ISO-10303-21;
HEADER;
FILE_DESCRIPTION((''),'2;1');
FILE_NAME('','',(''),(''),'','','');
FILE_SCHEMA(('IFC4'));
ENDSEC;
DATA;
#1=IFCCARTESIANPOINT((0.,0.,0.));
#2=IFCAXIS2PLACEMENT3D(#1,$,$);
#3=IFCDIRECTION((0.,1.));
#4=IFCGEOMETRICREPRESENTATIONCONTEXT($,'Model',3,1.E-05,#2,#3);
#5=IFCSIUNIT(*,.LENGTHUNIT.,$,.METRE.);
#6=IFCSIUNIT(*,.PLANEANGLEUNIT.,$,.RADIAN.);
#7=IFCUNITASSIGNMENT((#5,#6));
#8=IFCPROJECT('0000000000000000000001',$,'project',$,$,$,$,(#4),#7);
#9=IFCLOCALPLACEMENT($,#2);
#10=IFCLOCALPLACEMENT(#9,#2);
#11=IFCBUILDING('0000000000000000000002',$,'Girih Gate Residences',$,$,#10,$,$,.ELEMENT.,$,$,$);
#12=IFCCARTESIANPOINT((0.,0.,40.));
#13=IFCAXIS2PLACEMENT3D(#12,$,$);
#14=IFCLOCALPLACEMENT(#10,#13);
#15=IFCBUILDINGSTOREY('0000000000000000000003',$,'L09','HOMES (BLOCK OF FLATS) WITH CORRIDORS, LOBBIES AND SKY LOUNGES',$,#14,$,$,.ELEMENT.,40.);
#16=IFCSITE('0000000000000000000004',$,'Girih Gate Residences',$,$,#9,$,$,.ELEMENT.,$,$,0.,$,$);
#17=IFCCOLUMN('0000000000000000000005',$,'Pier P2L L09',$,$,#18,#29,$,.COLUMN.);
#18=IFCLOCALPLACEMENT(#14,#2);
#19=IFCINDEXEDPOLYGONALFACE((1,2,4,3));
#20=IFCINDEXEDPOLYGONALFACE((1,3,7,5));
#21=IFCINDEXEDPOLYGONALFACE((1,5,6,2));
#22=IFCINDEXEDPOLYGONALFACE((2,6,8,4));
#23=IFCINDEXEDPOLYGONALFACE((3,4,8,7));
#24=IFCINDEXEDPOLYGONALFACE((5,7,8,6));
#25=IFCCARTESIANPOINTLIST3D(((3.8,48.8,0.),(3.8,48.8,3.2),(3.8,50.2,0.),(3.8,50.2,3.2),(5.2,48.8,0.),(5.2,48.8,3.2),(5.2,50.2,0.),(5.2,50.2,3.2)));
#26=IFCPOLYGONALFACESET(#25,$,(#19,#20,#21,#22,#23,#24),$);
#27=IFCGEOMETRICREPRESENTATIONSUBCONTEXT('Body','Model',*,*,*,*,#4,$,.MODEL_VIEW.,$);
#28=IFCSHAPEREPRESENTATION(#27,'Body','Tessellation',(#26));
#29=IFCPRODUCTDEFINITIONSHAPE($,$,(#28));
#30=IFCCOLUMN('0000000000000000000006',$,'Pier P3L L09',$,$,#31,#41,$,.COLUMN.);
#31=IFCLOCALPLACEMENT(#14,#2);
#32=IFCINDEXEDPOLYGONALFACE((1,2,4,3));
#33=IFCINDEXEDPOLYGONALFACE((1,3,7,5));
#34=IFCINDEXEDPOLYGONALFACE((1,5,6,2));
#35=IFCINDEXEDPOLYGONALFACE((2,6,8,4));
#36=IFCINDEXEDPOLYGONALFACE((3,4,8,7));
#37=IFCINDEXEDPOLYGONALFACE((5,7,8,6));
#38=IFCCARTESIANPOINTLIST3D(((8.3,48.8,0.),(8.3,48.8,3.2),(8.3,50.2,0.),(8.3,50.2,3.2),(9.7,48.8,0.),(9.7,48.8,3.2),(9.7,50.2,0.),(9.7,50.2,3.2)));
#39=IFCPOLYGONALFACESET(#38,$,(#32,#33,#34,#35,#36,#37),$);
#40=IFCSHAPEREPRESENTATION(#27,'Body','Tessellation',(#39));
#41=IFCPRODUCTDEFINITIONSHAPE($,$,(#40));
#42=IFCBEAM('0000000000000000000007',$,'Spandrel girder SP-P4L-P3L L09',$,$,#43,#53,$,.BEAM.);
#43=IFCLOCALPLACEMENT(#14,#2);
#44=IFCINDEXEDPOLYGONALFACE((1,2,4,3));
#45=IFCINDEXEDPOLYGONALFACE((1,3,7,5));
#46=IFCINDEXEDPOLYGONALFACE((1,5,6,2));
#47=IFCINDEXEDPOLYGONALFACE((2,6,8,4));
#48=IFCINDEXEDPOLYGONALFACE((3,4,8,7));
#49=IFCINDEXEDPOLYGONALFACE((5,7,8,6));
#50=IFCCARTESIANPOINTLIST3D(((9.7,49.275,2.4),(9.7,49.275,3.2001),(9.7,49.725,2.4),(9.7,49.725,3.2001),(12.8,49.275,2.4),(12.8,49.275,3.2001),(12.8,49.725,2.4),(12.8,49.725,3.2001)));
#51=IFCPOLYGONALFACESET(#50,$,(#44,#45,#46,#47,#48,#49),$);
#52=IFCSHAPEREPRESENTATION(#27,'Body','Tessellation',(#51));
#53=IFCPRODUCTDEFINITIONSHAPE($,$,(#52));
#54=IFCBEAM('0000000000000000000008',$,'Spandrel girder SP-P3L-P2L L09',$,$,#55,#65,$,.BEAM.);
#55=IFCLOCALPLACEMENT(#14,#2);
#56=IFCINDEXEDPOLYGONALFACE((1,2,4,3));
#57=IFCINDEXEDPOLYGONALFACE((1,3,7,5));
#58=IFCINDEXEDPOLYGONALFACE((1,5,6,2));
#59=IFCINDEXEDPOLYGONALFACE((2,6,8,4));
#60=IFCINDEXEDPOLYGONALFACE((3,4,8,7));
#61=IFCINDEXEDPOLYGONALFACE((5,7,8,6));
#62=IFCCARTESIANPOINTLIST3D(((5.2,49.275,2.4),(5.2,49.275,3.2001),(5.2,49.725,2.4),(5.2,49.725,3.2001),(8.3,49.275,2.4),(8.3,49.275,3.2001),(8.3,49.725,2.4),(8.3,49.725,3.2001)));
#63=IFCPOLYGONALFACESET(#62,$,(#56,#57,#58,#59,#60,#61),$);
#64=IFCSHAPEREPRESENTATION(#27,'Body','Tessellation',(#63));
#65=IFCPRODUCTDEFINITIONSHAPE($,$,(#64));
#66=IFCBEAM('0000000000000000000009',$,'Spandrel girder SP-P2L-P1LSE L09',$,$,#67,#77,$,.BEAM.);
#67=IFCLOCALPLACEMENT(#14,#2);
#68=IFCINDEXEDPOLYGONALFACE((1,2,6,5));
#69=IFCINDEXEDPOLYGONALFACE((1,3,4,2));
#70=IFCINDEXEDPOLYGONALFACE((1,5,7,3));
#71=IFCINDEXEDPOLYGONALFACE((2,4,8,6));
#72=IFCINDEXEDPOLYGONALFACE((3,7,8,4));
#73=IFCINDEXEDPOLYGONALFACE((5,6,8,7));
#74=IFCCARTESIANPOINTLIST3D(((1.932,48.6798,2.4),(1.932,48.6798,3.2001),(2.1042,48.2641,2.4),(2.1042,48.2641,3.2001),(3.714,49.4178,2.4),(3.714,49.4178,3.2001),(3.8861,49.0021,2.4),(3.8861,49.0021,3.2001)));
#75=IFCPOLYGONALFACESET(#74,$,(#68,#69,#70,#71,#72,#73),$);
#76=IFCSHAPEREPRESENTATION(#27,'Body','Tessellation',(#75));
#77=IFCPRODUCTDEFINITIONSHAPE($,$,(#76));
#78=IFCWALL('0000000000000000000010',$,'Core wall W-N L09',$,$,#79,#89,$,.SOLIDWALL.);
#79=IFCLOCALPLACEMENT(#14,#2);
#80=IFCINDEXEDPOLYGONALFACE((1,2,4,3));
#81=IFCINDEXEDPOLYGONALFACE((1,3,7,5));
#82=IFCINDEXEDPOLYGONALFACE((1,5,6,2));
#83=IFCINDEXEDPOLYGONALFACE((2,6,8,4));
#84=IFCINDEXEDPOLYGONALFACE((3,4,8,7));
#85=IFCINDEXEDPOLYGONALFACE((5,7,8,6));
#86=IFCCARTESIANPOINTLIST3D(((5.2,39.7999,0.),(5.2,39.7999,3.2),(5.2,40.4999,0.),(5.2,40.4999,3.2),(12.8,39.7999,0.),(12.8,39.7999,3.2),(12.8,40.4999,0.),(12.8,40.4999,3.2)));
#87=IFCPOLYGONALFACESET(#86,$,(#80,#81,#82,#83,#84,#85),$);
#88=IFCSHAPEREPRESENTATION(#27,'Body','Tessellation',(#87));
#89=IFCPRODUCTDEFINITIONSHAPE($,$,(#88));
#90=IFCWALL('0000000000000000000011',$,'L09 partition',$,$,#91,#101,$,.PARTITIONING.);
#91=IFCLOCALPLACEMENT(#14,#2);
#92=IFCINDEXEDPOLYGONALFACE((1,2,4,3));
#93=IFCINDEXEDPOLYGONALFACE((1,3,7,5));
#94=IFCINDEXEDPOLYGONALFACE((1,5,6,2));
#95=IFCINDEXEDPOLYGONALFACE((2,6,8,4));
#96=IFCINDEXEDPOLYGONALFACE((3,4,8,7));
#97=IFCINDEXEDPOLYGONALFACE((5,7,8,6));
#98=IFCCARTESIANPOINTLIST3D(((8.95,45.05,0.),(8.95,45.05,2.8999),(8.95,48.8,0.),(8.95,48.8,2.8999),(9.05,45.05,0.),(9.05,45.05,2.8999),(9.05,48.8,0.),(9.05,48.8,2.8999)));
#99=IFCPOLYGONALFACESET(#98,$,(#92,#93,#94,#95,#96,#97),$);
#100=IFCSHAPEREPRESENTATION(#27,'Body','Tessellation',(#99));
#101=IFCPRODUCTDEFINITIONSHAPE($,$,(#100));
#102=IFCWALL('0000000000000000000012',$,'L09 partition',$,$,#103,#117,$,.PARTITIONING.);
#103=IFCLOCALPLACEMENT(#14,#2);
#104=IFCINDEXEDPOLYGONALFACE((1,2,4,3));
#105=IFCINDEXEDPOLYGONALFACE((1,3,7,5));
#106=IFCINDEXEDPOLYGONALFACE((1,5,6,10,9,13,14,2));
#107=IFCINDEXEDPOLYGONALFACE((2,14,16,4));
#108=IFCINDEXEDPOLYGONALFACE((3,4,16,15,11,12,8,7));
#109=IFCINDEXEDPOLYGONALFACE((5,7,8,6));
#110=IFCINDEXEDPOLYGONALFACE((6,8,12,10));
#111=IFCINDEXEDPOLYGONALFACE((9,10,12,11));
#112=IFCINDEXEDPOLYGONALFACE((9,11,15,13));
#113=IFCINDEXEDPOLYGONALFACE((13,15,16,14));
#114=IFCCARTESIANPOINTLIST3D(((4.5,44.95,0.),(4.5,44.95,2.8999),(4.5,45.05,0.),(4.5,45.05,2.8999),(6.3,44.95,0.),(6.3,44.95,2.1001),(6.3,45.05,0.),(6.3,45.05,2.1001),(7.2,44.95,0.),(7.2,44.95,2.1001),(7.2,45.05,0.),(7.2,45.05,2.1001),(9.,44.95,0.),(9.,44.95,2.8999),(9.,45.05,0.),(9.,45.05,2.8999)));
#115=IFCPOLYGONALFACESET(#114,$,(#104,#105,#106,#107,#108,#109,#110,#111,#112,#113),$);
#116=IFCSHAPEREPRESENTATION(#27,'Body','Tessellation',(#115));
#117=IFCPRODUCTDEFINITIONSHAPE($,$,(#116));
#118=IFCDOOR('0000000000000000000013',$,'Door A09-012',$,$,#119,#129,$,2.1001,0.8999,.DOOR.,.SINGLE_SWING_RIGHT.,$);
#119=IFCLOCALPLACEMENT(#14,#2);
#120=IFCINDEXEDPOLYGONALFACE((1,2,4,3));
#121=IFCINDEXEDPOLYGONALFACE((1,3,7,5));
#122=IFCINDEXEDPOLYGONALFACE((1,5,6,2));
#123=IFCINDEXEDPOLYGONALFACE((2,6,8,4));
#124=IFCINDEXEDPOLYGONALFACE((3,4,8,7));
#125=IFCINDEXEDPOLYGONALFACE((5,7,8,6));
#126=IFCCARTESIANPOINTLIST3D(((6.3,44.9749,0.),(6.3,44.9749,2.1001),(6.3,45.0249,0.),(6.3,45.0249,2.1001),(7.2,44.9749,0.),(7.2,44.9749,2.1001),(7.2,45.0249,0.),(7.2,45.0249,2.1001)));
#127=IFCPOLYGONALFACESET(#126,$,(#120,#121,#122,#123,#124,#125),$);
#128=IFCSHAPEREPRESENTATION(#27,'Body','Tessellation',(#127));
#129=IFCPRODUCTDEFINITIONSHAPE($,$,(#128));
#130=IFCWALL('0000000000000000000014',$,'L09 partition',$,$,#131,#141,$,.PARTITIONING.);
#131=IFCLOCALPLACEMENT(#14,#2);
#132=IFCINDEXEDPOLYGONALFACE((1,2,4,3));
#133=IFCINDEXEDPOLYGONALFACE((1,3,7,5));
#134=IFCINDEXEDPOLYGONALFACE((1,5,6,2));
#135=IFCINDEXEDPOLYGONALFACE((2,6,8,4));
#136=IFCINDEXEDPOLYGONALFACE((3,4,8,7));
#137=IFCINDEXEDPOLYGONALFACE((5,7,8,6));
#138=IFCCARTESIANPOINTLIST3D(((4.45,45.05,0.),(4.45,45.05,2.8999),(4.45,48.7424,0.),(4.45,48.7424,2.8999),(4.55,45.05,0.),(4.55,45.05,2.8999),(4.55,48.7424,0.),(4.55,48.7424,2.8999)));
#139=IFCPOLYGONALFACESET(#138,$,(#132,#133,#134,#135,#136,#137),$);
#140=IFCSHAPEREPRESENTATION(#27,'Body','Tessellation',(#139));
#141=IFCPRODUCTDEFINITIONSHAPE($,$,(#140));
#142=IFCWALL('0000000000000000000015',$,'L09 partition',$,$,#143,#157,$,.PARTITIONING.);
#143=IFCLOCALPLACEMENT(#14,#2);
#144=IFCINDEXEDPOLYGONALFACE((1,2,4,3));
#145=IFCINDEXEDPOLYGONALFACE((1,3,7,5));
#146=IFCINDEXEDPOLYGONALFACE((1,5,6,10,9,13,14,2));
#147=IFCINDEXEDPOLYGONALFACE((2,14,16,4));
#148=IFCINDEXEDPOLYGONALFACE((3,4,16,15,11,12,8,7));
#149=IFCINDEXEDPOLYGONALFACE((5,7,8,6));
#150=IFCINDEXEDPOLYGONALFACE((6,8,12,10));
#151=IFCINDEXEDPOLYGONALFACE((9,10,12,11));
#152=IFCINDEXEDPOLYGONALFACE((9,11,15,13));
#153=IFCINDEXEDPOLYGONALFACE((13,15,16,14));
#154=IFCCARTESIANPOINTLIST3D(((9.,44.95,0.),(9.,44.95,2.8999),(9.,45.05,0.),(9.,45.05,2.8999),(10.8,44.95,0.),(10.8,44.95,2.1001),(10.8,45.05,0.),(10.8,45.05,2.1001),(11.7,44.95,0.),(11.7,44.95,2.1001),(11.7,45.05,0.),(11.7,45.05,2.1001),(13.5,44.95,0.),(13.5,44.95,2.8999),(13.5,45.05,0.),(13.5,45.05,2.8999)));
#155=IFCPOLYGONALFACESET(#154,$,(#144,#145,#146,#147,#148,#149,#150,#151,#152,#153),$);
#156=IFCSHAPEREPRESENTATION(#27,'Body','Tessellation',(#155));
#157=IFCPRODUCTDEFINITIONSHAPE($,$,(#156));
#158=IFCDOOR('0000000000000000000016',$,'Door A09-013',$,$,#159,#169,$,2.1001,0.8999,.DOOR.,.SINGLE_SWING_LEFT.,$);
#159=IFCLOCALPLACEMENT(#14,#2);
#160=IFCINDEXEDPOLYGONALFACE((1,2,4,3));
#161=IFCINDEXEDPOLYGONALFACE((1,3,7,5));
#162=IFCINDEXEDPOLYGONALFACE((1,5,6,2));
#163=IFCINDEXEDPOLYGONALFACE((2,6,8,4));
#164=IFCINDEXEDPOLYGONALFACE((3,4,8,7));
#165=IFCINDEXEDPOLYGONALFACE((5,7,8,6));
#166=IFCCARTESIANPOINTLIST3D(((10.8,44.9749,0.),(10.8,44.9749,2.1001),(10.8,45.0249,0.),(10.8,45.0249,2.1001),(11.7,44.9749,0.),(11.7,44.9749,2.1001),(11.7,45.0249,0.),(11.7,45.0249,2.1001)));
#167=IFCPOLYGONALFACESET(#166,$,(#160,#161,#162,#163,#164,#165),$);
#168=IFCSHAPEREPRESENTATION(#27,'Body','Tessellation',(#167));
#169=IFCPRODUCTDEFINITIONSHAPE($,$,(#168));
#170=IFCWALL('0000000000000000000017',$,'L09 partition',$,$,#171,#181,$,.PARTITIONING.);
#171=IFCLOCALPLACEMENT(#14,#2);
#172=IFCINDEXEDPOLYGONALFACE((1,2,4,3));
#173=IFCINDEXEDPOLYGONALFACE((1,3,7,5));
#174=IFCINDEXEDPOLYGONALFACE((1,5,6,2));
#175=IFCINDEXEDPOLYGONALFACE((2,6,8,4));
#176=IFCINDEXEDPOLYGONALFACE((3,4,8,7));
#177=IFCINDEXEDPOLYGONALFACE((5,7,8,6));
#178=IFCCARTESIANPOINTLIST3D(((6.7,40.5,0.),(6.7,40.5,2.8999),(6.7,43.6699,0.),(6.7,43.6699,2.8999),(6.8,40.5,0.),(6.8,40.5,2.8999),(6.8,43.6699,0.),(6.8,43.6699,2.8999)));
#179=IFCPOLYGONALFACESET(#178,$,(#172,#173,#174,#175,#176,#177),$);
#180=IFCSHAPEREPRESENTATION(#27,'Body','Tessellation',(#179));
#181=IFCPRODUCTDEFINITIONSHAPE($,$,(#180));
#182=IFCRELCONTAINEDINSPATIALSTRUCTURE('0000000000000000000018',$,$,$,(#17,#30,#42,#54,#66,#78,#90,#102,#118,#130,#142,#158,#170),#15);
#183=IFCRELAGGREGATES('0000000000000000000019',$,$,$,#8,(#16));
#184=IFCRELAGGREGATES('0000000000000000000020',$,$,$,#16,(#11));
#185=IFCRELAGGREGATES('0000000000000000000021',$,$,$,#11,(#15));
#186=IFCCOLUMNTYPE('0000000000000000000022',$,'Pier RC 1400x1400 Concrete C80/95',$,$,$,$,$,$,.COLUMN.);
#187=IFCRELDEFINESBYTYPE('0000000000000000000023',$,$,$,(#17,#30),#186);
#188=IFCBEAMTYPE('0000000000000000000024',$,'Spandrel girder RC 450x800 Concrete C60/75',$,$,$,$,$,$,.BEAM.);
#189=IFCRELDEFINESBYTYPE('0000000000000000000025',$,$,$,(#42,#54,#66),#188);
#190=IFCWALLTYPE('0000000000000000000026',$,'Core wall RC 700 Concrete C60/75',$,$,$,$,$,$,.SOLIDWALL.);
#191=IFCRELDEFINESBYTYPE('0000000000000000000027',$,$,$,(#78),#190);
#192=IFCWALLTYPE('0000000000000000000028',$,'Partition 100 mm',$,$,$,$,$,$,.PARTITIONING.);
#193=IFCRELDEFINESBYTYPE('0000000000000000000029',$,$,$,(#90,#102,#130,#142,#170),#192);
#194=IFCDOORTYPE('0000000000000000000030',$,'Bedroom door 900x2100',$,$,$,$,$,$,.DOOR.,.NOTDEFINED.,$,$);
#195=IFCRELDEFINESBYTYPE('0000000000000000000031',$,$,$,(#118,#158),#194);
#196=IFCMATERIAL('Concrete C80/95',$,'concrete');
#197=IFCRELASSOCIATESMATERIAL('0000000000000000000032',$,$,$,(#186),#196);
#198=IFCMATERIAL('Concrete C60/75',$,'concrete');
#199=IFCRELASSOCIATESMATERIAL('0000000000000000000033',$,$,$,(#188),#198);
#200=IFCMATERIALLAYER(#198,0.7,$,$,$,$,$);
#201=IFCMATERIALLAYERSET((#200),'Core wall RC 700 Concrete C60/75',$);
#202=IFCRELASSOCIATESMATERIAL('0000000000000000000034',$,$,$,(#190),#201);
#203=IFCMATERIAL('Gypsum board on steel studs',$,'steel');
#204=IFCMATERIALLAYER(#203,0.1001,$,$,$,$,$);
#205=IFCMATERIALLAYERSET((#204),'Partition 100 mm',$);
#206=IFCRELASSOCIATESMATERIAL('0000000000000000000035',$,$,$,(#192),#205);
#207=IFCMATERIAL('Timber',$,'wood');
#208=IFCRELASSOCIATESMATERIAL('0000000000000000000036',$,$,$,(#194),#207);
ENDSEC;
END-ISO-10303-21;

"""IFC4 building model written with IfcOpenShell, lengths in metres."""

from ifc_helpers import new_model, si_unit, direction, frame, frame_2d, origin, origin_2d, place, context, subcontext, project, spatial, rectangle, extrude, material, layer, layer_set, material_profile, profile_set, type_object, element, fill, save


model = new_model("IFC4")

# Units and contexts
model_context = context("Model", 3, precision=1e-05, world=origin(), true_north=direction((0.0, 1.0)))
body_context = subcontext(model_context, "Body", "Model", "MODEL_VIEW")
ifc_project = project(units=[si_unit("LENGTHUNIT", "METRE"), si_unit("PLANEANGLEUNIT", "RADIAN")], contexts=[model_context])

# Site, building, storey
site_placement = place(None, origin())
site = spatial("IfcSite", under=ifc_project, at=site_placement, Name="Girih Gate Residences", CompositionType="ELEMENT", RefElevation=0.0)
building_placement = place(site_placement, origin())
building = spatial("IfcBuilding", under=site, at=building_placement, Name="Girih Gate Residences", CompositionType="ELEMENT")
storey_placement = place(building_placement, frame((0.0, 0.0, 40.0)))
storey = spatial("IfcBuildingStorey", under=building, at=storey_placement, Name="L09", Description="HOMES (BLOCK OF FLATS) WITH CORRIDORS, LOBBIES AND SKY LOUNGES", CompositionType="ELEMENT", Elevation=40.0)

# Columns
ifc_material_1 = material(Name="Concrete C80/95", Category="concrete")
ifc_material_profile_1 = material_profile(ifc_material_1, rectangle(XDim=1.3999, YDim=1.3999, at=origin_2d()))
ifc_profile_set_1 = profile_set([ifc_material_profile_1], Name="Concrete C80/95")
column_type = type_object("IfcColumnType", Name="Pier RC 1400x1400 Concrete C80/95", PredefinedType="COLUMN", material=ifc_profile_set_1)
for number, where, z_axis, x_axis, name in (
    (1, (4.5, 49.5, 0.0), (0.0, 0.0, 1.0), (1.0, 0.0, 0.0), "Pier P2L L09"),
    (2, (9.0, 49.5, 0.0), (0.0, 0.0, 1.0), (1.0, 0.0, 0.0), "Pier P3L L09"),
):
    element("IfcColumn", number, at=place(storey_placement, frame(where, z_axis=z_axis, x_axis=x_axis)), inside=storey, type_object=column_type, Name=name, PredefinedType="COLUMN", context=body_context, shape_type="SweptSolid", body=[
        extrude(rectangle(XDim=1.3999, YDim=1.3999, at=origin_2d()), origin(), (0.0, 0.0, 1.0), 3.2),
    ])

# Beams
ifc_material_2 = material(Name="Concrete C60/75", Category="concrete")
ifc_material_profile_2 = material_profile(ifc_material_2, rectangle(XDim=0.45, YDim=0.8, at=origin_2d()))
ifc_profile_set_2 = profile_set([ifc_material_profile_2], Name="Concrete C60/75")
beam_type = type_object("IfcBeamType", Name="Spandrel girder RC 450x800 Concrete C60/75", PredefinedType="BEAM", material=ifc_profile_set_2)
for number, where, z_axis, x_axis, name in (
    (3, (12.8, 49.5, 2.8), (-1.0, 0.0, 0.0), (0.0, -1.0, 0.0), "Spandrel girder SP-P4L-P3L L09"),
    (4, (8.3, 49.5, 2.8), (-1.0, 0.0, 0.0), (0.0, -1.0, 0.0), "Spandrel girder SP-P3L-P2L L09"),
):
    element("IfcBeam", number, at=place(storey_placement, frame(where, z_axis=z_axis, x_axis=x_axis)), inside=storey, type_object=beam_type, Name=name, PredefinedType="BEAM", context=body_context, shape_type="SweptSolid", body=[
        extrude(rectangle(XDim=0.45, YDim=0.8, at=origin_2d()), origin(), (0.0, 0.0, 1.0), 3.1001),
    ])
beam_placement = place(storey_placement, frame((3.8, 49.21, 2.8), z_axis=(-0.923895, -0.382646, 0.0), x_axis=(0.382646, -0.923895, 0.0)))
element("IfcBeam", 5, at=beam_placement, inside=storey, type_object=beam_type, Name="Spandrel girder SP-P2L-P1LSE L09", PredefinedType="BEAM", context=body_context, shape_type="SweptSolid", body=[
    extrude(rectangle(XDim=0.45, YDim=0.8, at=origin_2d()), origin(), (0.0, 0.0, 1.0), 1.9287),
])

# Walls
ifc_layer_1 = layer(ifc_material_2, 0.7)
ifc_layer_set_1 = layer_set([ifc_layer_1], Name="Core wall RC 700 Concrete C60/75")
wall_type_1 = type_object("IfcWallType", Name="Core wall RC 700 Concrete C60/75", PredefinedType="SOLIDWALL", material=ifc_layer_set_1)
wall_1_placement = place(storey_placement, frame((5.2, 40.1499, 0.0), z_axis=(0.0, 0.0, 1.0), x_axis=(1.0, 0.0, 0.0)))
element("IfcWall", 6, at=wall_1_placement, inside=storey, type_object=wall_type_1, Name="Core wall W-N L09", PredefinedType="SOLIDWALL", context=body_context, shape_type="SweptSolid", body=[
    extrude(rectangle(XDim=7.6001, YDim=0.7, at=frame_2d((3.8, 0.0))), origin(), (0.0, 0.0, 1.0), 3.2),
])
ifc_material_3 = material(Name="Gypsum board on steel studs", Category="steel")
ifc_layer_2 = layer(ifc_material_3, 0.1001)
ifc_layer_set_2 = layer_set([ifc_layer_2], Name="Partition 100 mm")
wall_type_2 = type_object("IfcWallType", Name="Partition 100 mm", PredefinedType="PARTITIONING", material=ifc_layer_set_2)
wall_2_placement = place(storey_placement, frame((9.0, 45.05, 0.0), z_axis=(0.0, 0.0, 1.0), x_axis=(0.0, 1.0, 0.0)))
element("IfcWall", 7, at=wall_2_placement, inside=storey, type_object=wall_type_2, Name="L09 partition", PredefinedType="PARTITIONING", context=body_context, shape_type="SweptSolid", body=[
    extrude(rectangle(XDim=3.75, YDim=0.1001, at=frame_2d((1.875, 0.0))), origin(), (0.0, 0.0, 1.0), 2.8999),
])

# Wall, opening, door
wall_3_placement = place(storey_placement, frame((4.5, 45.0, 0.0), z_axis=(0.0, 0.0, 1.0), x_axis=(1.0, 0.0, 0.0)))
wall_3 = element("IfcWall", 8, at=wall_3_placement, inside=storey, type_object=wall_type_2, Name="L09 partition", PredefinedType="PARTITIONING", context=body_context, shape_type="SweptSolid", body=[
    extrude(rectangle(XDim=4.5, YDim=0.1001, at=frame_2d((2.25, 0.0))), origin(), (0.0, 0.0, 1.0), 2.8999),
])
opening_1_placement = place(wall_3_placement, frame((1.8, 0.0, 0.0)))
opening_1 = element("IfcOpeningElement", 9, at=opening_1_placement, cuts=wall_3, PredefinedType="OPENING", context=body_context, shape_type="SweptSolid", body=[
    extrude(rectangle(XDim=0.8999, YDim=2.1001, at=frame_2d((0.45, 1.05))), frame((0.0, 0.0601, 0.0), z_axis=(0.0, -1.0, 0.0), x_axis=(1.0, 0.0, 0.0)), (0.0, 0.0, 1.0), 0.1201),
])
ifc_material_4 = material(Name="Timber", Category="wood")
door_type = type_object("IfcDoorType", Name="Bedroom door 900x2100", OperationType="NOTDEFINED", PredefinedType="DOOR", material=ifc_material_4)
door_1_placement = place(opening_1_placement, origin())
door_1 = element("IfcDoor", 10, at=door_1_placement, inside=storey, type_object=door_type, Name="Door A09-012", OperationType="SINGLE_SWING_RIGHT", OverallHeight=2.1001, OverallWidth=0.8999, PredefinedType="DOOR", context=body_context, shape_type="SweptSolid", body=[
    extrude(rectangle(XDim=0.8999, YDim=2.1001, at=frame_2d((0.45, 1.05))), frame((0.0, 0.0249, 0.0), z_axis=(0.0, -1.0, 0.0), x_axis=(1.0, 0.0, 0.0)), (0.0, 0.0, 1.0), 0.05),
])
fill(opening_1, door_1)

# Wall
wall_4_placement = place(storey_placement, frame((4.5, 45.05, 0.0), z_axis=(0.0, 0.0, 1.0), x_axis=(0.0, 1.0, 0.0)))
element("IfcWall", 11, at=wall_4_placement, inside=storey, type_object=wall_type_2, Name="L09 partition", PredefinedType="PARTITIONING", context=body_context, shape_type="SweptSolid", body=[
    extrude(rectangle(XDim=3.6924, YDim=0.1001, at=frame_2d((1.8462, 0.0))), origin(), (0.0, 0.0, 1.0), 2.8999),
])

# Wall, opening, door
wall_5_placement = place(storey_placement, frame((9.0, 45.0, 0.0), z_axis=(0.0, 0.0, 1.0), x_axis=(1.0, 0.0, 0.0)))
wall_5 = element("IfcWall", 12, at=wall_5_placement, inside=storey, type_object=wall_type_2, Name="L09 partition", PredefinedType="PARTITIONING", context=body_context, shape_type="SweptSolid", body=[
    extrude(rectangle(XDim=4.5, YDim=0.1001, at=frame_2d((2.25, 0.0))), origin(), (0.0, 0.0, 1.0), 2.8999),
])
opening_2_placement = place(wall_5_placement, frame((1.8, 0.0, 0.0)))
opening_2 = element("IfcOpeningElement", 13, at=opening_2_placement, cuts=wall_5, PredefinedType="OPENING", context=body_context, shape_type="SweptSolid", body=[
    extrude(rectangle(XDim=0.8999, YDim=2.1001, at=frame_2d((0.45, 1.05))), frame((0.0, 0.0601, 0.0), z_axis=(0.0, -1.0, 0.0), x_axis=(1.0, 0.0, 0.0)), (0.0, 0.0, 1.0), 0.1201),
])
door_2_placement = place(opening_2_placement, origin())
door_2 = element("IfcDoor", 14, at=door_2_placement, inside=storey, type_object=door_type, Name="Door A09-013", OperationType="SINGLE_SWING_LEFT", OverallHeight=2.1001, OverallWidth=0.8999, PredefinedType="DOOR", context=body_context, shape_type="SweptSolid", body=[
    extrude(rectangle(XDim=0.8999, YDim=2.1001, at=frame_2d((0.45, 1.05))), frame((0.0, 0.0249, 0.0), z_axis=(0.0, -1.0, 0.0), x_axis=(1.0, 0.0, 0.0)), (0.0, 0.0, 1.0), 0.05),
])
fill(opening_2, door_2)

# Wall
wall_6_placement = place(storey_placement, frame((6.75, 40.5, 0.0), z_axis=(0.0, 0.0, 1.0), x_axis=(0.0, 1.0, 0.0)))
element("IfcWall", 15, at=wall_6_placement, inside=storey, type_object=wall_type_2, Name="L09 partition", PredefinedType="PARTITIONING", context=body_context, shape_type="SweptSolid", body=[
    extrude(rectangle(XDim=3.1699, YDim=0.1001, at=frame_2d((1.585, 0.0))), origin(), (0.0, 0.0, 1.0), 2.8999),
])

save(model, "model.ifc")
